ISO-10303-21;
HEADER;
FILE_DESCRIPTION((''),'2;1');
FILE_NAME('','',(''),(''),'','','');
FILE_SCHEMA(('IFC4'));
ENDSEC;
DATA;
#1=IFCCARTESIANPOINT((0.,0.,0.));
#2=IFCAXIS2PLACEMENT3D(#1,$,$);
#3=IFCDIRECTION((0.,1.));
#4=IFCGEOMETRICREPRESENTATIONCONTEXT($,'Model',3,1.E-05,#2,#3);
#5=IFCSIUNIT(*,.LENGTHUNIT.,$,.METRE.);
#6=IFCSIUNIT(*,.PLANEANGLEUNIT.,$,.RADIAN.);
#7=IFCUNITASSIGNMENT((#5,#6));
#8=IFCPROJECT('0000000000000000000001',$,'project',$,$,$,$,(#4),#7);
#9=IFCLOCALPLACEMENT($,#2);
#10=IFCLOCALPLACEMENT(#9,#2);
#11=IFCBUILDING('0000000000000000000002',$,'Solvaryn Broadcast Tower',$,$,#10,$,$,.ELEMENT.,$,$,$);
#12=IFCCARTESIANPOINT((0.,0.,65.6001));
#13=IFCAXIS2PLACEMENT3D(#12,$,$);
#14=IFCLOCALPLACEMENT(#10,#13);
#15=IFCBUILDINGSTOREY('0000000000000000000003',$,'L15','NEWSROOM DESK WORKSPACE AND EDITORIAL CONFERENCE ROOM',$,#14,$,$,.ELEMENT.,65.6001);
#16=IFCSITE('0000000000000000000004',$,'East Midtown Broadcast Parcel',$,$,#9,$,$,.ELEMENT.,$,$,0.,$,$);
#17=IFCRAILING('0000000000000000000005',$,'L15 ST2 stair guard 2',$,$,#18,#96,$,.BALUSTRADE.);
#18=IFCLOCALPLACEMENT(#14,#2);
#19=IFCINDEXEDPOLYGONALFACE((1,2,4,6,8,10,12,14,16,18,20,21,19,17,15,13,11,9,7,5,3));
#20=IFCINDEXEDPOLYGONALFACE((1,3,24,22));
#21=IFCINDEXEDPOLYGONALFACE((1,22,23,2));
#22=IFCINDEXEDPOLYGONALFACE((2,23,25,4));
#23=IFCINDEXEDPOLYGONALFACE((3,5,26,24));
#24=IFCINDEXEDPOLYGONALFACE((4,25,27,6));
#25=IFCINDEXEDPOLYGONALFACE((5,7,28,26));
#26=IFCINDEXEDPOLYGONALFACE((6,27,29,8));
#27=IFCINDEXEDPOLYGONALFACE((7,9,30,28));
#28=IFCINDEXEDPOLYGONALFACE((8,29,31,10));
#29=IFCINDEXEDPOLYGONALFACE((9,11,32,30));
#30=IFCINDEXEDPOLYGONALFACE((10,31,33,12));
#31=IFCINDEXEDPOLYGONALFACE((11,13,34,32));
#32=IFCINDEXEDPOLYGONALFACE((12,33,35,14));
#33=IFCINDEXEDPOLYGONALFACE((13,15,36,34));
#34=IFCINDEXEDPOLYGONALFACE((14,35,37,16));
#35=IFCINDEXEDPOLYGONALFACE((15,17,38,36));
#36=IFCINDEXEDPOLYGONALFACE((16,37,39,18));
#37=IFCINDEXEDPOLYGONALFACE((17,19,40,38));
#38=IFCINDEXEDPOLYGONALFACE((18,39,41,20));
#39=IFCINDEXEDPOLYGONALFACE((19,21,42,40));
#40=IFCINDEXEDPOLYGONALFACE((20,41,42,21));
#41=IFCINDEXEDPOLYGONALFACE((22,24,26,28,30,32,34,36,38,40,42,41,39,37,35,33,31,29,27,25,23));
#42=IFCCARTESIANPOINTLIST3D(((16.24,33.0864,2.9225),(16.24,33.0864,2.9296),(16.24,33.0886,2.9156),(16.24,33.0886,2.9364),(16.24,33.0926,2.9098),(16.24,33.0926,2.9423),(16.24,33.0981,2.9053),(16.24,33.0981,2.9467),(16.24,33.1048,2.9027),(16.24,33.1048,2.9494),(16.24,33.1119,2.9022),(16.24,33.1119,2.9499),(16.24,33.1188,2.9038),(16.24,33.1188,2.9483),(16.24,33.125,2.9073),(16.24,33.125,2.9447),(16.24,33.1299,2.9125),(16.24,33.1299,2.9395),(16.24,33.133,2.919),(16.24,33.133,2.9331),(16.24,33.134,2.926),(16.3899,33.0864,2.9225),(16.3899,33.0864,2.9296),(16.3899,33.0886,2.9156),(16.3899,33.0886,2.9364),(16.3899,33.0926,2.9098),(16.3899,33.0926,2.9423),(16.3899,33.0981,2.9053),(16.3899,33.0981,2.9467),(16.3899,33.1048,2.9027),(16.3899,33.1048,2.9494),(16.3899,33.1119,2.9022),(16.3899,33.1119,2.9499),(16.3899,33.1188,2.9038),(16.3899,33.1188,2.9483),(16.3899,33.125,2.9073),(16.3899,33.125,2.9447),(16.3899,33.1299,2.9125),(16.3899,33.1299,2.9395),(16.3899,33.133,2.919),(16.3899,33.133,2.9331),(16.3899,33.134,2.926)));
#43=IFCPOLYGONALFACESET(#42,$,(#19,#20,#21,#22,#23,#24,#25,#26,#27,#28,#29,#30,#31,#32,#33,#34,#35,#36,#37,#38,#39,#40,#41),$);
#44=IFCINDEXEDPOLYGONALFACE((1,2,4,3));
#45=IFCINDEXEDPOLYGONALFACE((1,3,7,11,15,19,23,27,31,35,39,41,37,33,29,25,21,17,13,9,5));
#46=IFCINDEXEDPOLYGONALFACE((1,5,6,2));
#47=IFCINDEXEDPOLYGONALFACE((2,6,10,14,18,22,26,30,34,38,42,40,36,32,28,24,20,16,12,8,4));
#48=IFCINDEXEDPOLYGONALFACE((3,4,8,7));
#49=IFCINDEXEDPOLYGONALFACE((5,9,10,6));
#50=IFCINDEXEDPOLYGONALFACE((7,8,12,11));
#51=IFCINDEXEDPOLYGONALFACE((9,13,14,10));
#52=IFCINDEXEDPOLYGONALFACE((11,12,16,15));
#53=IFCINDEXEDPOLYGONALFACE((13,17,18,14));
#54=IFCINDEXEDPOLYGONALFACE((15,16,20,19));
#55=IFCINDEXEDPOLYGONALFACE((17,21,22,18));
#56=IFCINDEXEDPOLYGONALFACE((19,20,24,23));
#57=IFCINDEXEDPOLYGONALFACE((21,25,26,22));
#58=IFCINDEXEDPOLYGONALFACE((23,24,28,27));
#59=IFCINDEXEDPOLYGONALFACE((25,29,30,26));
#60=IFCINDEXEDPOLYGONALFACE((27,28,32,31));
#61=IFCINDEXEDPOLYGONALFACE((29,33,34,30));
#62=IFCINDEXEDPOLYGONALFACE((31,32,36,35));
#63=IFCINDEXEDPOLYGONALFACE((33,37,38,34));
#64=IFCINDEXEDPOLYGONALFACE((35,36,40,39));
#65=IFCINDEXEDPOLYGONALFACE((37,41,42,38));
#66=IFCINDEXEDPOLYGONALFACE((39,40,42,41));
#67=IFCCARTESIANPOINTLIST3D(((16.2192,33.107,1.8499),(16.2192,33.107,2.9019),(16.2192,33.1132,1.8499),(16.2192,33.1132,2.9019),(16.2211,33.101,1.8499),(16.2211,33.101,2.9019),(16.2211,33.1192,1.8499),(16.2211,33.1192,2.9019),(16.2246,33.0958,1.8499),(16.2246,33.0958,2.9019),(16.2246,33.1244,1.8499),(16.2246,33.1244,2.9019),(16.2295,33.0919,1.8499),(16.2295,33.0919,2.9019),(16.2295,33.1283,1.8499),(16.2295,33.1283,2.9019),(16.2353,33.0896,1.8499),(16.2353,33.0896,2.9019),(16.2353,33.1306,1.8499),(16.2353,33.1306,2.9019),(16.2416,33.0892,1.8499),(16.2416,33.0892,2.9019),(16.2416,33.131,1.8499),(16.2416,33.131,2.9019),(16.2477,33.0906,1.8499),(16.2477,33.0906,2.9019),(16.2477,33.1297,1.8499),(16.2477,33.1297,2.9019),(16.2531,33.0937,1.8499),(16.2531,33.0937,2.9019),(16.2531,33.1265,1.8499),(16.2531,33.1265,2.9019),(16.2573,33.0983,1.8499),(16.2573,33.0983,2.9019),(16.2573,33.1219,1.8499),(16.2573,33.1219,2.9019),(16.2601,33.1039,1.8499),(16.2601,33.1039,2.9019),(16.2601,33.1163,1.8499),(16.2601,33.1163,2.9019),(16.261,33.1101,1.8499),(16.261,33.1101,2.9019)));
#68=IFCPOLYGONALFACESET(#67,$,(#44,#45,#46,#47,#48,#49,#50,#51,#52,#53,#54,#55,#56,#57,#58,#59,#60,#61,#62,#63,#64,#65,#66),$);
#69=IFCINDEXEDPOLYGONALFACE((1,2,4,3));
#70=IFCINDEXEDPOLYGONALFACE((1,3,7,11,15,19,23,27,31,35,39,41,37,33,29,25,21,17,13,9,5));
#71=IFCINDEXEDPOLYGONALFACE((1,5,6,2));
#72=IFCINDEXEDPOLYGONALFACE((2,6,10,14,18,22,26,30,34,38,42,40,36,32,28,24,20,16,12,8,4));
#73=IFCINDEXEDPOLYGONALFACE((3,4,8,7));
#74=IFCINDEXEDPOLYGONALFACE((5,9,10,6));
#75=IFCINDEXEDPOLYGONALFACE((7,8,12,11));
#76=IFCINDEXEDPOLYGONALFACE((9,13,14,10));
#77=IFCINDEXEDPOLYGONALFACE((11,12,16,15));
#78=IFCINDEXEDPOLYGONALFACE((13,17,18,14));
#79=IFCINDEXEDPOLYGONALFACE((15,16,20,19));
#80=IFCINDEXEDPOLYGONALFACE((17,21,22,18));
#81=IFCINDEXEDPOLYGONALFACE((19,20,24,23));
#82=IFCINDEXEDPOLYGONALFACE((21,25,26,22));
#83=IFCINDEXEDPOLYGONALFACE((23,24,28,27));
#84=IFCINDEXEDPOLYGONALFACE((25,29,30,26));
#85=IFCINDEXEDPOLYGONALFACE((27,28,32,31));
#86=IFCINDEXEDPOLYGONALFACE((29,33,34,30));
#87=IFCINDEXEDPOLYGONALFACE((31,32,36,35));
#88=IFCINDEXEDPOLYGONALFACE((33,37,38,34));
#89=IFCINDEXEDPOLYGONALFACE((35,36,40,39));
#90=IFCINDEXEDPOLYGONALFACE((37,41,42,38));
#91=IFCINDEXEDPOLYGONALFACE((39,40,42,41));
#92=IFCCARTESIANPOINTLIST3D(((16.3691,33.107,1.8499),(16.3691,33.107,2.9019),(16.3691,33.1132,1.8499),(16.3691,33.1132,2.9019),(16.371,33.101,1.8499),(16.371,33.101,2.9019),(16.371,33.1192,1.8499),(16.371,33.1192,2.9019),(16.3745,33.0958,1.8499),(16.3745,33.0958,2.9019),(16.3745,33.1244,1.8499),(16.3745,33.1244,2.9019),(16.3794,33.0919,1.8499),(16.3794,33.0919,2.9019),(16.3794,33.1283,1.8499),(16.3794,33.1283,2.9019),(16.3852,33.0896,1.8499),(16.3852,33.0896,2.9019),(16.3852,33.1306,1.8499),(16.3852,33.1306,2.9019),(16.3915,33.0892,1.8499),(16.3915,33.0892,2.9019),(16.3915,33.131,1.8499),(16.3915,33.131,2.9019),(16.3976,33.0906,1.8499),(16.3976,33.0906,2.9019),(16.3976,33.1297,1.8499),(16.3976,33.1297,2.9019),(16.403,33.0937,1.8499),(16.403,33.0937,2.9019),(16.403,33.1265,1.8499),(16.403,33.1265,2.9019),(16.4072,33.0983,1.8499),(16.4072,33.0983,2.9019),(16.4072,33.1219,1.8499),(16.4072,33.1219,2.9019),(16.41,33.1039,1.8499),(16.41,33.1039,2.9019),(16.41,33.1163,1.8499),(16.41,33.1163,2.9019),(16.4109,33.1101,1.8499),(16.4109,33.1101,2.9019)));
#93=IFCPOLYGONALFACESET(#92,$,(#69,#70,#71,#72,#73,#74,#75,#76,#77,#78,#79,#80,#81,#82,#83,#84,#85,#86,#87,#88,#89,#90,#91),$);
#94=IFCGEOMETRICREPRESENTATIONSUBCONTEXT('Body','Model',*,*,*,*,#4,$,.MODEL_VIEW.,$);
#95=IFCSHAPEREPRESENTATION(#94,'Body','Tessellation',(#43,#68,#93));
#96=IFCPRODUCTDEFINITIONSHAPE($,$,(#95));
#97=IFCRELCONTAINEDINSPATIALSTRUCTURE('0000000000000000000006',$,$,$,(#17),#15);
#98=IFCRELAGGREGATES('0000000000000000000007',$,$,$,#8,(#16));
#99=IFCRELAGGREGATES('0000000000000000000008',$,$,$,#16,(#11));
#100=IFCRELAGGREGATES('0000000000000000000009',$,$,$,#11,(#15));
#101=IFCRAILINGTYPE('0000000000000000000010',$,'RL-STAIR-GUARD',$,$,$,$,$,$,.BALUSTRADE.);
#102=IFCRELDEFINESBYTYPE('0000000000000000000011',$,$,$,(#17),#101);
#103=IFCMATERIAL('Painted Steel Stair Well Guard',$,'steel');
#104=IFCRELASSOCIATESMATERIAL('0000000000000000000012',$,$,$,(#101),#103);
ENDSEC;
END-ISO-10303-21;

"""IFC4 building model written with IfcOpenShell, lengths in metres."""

from ifc_helpers import new_model, si_unit, direction, frame, origin, origin_2d, place, context, subcontext, project, spatial, circle, extrude, material, type_object, element, save


model = new_model("IFC4")

# Units and contexts
model_context = context("Model", 3, precision=1e-05, world=origin(), true_north=direction((0.0, 1.0)))
body_context = subcontext(model_context, "Body", "Model", "MODEL_VIEW")
ifc_project = project(units=[si_unit("LENGTHUNIT", "METRE"), si_unit("PLANEANGLEUNIT", "RADIAN")], contexts=[model_context])

# Site, building, storey
site_placement = place(None, origin())
site = spatial("IfcSite", under=ifc_project, at=site_placement, Name="East Midtown Broadcast Parcel", CompositionType="ELEMENT", RefElevation=0.0)
building_placement = place(site_placement, origin())
building = spatial("IfcBuilding", under=site, at=building_placement, Name="Solvaryn Broadcast Tower", CompositionType="ELEMENT")
storey_placement = place(building_placement, frame((0.0, 0.0, 65.6001)))
storey = spatial("IfcBuildingStorey", under=building, at=storey_placement, Name="L15", Description="NEWSROOM DESK WORKSPACE AND EDITORIAL CONFERENCE ROOM", CompositionType="ELEMENT", Elevation=65.6001)

# Railing
ifc_material_1 = material(Name="Painted Steel Stair Well Guard", Category="steel")
railing_type_1 = type_object("IfcRailingType", Name="RL-STAIR-GUARD", PredefinedType="BALUSTRADE", material=ifc_material_1)
railing_1_placement = place(storey_placement, frame((16.24, 33.1101, 1.8499)))
element("IfcRailing", 1, at=railing_1_placement, inside=storey, type_object=railing_type_1, Name="L15 ST2 stair guard 2", PredefinedType="BALUSTRADE", context=body_context, shape_type="SweptSolid", body=[
    extrude(circle(Radius=0.0239, at=origin_2d()), frame((0.0, 0.0, 1.0762), z_axis=(1.0, 0.0, 0.0), x_axis=(0.0, 1.0, 0.0)), (0.0, 0.0, 1.0), 0.1499),
    extrude(circle(Radius=0.021, at=origin_2d()), origin(), (0.0, 0.0, 1.0), 1.052),
    extrude(circle(Radius=0.021, at=origin_2d()), frame((0.1499, 0.0, 0.0)), (0.0, 0.0, 1.0), 1.052),
])

save(model, "model.ifc")
